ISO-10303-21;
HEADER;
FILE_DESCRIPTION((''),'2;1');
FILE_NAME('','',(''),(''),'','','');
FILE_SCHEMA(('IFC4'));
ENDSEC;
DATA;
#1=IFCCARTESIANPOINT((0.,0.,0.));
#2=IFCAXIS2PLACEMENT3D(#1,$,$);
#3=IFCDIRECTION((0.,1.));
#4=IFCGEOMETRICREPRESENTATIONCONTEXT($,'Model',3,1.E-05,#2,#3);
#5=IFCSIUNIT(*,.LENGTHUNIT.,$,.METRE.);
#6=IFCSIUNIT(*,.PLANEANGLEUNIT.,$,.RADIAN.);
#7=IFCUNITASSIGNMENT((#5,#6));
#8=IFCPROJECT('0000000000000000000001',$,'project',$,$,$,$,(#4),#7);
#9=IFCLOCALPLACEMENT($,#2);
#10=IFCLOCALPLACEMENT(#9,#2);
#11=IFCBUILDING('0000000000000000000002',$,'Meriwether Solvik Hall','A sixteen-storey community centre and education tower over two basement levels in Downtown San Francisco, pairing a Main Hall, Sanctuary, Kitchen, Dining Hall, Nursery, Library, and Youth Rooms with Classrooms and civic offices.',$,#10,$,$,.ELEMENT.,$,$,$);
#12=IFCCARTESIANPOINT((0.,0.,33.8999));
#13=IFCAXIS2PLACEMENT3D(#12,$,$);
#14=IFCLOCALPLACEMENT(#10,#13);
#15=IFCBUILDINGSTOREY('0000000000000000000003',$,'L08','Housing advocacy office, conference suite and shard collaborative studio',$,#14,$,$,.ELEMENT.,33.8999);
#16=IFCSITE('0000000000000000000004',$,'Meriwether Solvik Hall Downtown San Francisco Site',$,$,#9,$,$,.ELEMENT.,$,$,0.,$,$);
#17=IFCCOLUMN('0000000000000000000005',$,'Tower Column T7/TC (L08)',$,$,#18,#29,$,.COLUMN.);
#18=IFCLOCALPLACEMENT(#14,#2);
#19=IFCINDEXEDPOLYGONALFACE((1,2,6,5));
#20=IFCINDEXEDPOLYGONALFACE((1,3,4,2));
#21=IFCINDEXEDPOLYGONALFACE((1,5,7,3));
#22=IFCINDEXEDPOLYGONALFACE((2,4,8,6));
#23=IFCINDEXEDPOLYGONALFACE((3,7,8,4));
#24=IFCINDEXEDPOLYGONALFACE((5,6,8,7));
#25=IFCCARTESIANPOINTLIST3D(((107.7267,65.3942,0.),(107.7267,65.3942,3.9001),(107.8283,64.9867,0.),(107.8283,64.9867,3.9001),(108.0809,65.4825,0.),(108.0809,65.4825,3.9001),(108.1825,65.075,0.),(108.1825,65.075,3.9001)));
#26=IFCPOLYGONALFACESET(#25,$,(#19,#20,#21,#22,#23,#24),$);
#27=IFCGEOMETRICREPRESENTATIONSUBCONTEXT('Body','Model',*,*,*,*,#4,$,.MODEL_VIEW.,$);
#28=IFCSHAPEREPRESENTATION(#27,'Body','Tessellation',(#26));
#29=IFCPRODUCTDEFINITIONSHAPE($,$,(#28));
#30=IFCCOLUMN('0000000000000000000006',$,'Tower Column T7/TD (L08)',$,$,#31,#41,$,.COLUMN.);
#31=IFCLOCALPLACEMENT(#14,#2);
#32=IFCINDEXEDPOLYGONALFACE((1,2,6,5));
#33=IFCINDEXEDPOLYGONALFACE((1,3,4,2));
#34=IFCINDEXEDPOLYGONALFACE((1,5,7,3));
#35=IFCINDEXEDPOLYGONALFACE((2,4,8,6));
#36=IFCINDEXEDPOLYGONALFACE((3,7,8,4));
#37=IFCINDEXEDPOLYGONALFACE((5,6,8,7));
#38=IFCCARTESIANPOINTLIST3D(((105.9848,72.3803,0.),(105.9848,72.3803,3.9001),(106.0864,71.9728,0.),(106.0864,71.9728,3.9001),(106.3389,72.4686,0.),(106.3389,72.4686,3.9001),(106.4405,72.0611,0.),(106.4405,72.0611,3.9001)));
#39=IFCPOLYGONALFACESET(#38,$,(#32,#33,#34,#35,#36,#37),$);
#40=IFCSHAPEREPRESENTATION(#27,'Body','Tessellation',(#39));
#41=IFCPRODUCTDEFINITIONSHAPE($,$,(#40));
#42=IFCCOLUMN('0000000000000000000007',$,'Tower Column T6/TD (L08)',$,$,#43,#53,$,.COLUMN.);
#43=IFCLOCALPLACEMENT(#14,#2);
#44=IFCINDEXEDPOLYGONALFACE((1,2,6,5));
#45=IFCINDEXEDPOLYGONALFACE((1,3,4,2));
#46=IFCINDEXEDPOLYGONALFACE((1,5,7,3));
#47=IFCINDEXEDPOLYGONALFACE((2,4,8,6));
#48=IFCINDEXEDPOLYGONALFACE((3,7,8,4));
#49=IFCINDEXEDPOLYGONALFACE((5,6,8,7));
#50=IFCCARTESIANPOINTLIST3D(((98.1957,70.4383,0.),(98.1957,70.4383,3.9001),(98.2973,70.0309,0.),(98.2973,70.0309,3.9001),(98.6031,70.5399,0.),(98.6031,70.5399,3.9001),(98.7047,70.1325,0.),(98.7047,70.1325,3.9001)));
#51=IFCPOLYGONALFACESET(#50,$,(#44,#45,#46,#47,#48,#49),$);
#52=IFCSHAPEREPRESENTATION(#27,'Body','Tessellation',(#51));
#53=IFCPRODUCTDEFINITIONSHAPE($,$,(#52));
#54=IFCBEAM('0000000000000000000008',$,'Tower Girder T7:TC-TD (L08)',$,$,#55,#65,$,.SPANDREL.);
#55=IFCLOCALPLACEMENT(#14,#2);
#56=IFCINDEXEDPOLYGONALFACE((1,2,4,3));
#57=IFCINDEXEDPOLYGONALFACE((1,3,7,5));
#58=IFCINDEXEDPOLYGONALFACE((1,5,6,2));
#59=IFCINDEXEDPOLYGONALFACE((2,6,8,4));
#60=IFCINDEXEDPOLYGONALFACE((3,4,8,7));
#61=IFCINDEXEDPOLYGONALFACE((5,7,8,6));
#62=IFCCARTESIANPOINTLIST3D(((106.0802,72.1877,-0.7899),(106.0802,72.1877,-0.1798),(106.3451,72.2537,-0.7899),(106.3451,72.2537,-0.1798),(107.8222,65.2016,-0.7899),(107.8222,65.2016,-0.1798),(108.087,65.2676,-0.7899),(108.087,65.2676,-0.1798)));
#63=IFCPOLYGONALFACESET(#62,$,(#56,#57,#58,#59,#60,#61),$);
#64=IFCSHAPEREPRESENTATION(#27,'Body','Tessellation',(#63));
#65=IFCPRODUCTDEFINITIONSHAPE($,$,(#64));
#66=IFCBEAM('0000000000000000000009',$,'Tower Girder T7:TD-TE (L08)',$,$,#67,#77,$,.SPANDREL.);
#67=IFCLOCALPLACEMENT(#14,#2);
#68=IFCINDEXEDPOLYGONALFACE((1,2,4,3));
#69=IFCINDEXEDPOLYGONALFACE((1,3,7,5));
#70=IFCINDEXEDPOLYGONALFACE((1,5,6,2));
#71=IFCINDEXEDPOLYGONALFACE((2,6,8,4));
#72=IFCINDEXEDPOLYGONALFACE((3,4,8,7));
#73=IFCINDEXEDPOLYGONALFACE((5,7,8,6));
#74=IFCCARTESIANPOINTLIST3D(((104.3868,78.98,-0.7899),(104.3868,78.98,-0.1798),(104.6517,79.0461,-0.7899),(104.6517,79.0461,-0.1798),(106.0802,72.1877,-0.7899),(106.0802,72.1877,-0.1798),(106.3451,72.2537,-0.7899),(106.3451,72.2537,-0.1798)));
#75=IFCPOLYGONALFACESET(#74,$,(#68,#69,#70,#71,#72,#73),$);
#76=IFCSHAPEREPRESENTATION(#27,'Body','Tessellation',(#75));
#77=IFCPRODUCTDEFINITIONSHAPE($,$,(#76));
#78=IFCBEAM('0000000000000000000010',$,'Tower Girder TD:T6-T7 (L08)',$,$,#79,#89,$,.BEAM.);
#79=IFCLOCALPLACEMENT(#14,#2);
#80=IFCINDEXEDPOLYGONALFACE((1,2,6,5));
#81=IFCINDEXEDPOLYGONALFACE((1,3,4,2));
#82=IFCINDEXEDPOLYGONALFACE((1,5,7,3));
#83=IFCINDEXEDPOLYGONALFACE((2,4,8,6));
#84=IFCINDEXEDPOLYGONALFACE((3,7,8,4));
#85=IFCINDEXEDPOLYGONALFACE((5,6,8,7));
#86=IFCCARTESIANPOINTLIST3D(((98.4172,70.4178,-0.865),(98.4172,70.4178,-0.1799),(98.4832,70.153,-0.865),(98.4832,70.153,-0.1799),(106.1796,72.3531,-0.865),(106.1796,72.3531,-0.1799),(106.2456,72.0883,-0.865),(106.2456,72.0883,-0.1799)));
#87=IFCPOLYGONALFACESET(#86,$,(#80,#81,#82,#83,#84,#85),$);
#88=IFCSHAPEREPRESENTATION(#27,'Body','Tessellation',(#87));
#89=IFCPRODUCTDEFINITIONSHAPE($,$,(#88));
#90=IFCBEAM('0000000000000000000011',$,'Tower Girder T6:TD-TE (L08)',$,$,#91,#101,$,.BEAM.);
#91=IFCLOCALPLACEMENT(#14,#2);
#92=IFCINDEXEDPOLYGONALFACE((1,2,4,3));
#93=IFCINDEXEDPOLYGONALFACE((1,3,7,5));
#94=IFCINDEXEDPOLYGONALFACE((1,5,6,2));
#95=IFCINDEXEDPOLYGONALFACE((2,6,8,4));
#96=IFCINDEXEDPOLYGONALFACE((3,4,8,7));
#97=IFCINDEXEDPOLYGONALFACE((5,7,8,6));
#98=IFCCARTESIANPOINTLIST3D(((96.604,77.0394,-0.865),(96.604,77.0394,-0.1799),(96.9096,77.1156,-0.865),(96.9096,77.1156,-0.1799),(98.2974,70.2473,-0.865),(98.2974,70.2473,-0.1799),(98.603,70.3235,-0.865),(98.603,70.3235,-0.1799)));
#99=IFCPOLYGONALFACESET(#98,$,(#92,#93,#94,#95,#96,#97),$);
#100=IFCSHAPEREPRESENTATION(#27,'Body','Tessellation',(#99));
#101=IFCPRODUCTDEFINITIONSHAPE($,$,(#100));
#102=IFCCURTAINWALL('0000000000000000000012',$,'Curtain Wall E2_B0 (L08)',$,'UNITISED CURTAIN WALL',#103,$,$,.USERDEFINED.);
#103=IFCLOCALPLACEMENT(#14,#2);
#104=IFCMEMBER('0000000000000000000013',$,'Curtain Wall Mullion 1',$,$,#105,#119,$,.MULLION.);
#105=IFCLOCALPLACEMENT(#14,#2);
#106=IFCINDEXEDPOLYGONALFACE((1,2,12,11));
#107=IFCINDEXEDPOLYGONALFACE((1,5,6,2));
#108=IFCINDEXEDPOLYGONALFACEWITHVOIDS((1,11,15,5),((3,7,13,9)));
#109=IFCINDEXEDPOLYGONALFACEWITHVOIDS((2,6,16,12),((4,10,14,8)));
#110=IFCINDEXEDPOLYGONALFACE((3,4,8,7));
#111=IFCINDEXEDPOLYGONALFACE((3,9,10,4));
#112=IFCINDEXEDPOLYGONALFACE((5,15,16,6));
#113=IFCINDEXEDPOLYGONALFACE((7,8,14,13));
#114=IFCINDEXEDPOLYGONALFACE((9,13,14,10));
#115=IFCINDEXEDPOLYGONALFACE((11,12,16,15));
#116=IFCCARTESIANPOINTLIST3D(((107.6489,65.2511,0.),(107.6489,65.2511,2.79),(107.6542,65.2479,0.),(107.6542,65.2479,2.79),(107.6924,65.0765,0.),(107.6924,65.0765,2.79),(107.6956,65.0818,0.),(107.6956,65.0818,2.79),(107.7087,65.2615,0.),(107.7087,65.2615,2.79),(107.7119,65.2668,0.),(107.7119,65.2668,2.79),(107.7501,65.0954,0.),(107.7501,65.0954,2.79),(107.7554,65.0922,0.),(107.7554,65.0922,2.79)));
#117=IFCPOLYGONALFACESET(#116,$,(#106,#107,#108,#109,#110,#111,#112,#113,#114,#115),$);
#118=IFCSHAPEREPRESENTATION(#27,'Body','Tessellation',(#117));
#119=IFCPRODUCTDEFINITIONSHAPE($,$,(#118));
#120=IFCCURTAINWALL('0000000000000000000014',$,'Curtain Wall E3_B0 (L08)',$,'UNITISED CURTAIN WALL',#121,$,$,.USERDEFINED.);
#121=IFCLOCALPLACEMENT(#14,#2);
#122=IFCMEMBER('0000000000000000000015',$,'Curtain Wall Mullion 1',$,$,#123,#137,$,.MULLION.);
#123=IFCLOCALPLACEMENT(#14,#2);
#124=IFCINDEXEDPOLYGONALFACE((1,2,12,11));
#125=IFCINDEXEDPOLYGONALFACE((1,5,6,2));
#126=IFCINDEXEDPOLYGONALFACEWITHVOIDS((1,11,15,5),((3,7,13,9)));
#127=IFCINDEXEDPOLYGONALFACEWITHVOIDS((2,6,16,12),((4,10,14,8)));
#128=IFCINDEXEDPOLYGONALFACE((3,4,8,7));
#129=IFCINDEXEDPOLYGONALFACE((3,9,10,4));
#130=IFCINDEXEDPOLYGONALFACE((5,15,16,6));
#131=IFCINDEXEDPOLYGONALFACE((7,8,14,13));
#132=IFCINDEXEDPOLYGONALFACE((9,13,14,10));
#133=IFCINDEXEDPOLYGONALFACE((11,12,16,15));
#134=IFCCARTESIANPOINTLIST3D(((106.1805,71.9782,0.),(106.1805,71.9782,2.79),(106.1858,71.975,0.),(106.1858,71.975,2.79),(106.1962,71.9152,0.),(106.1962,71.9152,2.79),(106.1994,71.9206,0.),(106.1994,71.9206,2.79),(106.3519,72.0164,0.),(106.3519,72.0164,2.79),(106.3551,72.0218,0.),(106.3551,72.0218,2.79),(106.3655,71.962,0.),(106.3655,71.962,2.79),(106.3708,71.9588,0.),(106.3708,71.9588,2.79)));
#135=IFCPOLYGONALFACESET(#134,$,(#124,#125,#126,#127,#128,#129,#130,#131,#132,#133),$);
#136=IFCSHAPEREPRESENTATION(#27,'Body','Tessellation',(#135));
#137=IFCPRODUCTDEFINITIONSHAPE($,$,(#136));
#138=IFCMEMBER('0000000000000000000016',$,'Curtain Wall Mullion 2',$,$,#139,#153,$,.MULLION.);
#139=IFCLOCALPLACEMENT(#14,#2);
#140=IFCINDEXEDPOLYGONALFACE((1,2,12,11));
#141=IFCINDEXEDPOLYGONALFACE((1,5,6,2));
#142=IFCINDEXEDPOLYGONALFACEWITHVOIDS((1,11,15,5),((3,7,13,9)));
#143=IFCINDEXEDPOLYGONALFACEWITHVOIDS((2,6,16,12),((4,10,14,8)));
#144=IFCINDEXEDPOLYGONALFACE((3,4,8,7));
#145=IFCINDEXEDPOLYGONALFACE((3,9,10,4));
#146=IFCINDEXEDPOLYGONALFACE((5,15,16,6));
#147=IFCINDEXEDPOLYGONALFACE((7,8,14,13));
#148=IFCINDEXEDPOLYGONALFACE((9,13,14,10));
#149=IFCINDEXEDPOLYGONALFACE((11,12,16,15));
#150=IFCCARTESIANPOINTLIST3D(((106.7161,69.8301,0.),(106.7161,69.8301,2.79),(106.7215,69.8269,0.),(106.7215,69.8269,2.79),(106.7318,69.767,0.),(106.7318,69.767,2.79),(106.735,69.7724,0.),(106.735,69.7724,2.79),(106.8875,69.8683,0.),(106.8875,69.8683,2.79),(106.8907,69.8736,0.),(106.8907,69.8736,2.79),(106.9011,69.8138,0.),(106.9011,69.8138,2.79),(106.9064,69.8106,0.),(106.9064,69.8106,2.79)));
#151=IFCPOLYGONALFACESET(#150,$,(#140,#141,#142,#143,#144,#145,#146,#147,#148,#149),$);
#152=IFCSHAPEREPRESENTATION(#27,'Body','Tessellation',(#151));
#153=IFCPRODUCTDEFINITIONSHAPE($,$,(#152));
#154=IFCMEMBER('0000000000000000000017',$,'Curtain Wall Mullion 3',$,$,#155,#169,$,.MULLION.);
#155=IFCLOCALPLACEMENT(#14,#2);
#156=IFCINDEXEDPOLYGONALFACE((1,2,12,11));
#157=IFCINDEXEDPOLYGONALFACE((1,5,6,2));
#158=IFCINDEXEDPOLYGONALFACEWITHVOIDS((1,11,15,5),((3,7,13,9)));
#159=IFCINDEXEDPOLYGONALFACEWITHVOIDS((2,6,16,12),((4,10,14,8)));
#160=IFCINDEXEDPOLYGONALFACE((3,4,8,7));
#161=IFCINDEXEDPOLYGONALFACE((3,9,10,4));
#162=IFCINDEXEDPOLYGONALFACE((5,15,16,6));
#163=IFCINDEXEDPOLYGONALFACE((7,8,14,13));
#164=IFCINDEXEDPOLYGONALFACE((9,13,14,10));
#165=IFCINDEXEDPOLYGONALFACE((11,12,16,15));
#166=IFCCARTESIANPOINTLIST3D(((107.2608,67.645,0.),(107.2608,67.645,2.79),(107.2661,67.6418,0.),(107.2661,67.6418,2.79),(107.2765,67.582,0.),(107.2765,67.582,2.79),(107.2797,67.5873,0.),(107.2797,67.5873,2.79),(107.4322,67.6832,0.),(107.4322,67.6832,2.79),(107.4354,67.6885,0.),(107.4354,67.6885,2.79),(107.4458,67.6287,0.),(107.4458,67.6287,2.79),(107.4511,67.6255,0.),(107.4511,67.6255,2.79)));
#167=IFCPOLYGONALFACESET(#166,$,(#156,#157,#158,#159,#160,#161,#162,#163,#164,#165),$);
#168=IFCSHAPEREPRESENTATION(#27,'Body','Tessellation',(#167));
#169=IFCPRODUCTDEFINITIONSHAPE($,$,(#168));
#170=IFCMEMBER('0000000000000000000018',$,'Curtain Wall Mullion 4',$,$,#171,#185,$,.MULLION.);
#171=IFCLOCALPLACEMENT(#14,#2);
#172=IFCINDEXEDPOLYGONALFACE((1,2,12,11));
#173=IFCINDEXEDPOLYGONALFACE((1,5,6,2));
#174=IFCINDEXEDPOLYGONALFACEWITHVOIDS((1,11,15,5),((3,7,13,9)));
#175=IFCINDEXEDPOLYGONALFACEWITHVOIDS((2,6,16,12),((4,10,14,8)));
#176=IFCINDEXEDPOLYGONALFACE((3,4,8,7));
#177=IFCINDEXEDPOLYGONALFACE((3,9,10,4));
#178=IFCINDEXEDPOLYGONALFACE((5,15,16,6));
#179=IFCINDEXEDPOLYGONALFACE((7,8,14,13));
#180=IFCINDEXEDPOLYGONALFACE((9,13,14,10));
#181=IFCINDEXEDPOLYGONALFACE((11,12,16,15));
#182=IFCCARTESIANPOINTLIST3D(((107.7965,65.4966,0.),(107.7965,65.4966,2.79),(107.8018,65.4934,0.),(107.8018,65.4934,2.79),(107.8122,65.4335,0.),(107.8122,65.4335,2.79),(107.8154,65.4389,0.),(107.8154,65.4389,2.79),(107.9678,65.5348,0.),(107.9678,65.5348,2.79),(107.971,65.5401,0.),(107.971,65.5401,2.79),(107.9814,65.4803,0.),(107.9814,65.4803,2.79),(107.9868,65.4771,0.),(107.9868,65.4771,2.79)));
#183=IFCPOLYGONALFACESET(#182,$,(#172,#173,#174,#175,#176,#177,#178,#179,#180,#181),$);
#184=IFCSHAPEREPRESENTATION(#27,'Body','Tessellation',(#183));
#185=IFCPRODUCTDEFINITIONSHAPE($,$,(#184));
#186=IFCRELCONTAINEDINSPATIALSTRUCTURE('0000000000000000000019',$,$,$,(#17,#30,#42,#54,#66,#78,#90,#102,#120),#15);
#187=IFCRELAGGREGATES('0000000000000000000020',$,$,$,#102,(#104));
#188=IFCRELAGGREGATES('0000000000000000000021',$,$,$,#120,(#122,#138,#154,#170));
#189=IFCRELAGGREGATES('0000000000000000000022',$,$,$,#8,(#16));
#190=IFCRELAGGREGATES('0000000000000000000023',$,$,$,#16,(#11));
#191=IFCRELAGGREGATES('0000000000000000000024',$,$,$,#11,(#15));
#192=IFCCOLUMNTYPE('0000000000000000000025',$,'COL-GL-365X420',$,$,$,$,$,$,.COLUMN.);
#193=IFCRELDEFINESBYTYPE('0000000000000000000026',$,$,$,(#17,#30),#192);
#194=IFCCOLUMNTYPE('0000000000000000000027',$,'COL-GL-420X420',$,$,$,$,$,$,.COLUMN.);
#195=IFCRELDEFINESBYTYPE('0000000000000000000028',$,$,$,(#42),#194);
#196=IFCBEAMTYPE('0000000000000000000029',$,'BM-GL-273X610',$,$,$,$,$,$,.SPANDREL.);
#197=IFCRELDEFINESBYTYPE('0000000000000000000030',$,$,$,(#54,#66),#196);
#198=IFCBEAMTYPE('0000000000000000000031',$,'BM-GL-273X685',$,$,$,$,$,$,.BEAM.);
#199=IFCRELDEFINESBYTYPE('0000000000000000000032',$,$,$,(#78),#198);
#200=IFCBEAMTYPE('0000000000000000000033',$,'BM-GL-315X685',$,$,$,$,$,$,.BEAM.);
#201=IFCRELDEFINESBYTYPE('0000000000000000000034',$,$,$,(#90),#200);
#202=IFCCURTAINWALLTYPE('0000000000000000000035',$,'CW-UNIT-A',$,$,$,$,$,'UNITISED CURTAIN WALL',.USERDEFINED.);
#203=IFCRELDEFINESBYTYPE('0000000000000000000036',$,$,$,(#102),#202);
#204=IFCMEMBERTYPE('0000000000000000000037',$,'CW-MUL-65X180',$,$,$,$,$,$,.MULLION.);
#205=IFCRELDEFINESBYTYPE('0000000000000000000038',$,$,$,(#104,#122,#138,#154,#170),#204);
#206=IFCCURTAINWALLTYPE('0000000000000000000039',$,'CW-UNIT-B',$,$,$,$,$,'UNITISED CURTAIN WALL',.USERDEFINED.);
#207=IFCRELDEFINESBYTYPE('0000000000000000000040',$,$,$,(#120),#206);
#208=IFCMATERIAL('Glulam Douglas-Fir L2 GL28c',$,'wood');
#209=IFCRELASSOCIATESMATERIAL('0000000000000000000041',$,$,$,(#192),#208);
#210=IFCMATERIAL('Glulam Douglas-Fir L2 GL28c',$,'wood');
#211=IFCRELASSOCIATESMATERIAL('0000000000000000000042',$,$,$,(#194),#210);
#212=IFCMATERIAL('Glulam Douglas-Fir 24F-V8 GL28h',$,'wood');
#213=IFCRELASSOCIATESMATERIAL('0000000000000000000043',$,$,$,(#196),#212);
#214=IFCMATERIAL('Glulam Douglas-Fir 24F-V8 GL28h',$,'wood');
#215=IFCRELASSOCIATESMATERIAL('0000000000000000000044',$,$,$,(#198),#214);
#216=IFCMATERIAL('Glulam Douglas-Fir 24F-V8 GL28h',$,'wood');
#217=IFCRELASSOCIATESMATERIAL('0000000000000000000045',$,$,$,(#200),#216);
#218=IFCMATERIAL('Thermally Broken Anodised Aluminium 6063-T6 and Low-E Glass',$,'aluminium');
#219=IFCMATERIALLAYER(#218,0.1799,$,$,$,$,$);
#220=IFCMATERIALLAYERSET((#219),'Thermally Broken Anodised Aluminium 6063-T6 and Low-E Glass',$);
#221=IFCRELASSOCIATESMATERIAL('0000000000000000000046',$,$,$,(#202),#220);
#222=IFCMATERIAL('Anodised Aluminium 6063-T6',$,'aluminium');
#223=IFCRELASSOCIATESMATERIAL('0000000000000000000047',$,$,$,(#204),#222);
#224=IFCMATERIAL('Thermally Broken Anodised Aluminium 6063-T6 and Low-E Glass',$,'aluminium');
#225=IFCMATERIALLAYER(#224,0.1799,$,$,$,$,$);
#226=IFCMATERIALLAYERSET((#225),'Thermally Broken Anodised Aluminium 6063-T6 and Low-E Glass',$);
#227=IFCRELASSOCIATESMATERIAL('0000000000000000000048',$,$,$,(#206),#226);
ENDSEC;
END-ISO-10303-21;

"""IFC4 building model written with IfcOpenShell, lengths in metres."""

from ifc_helpers import new_model, si_unit, direction, frame, origin, origin_2d, place, context, subcontext, project, spatial, rectangle, hollow_rectangle, extrude, material, layer, layer_set, material_profile, profile_set, type_object, element, aggregate, save


model = new_model("IFC4")

# Units and contexts
model_context = context("Model", 3, precision=1e-05, world=origin(), true_north=direction((0.0, 1.0)))
body_context = subcontext(model_context, "Body", "Model", "MODEL_VIEW")
ifc_project = project(units=[si_unit("LENGTHUNIT", "METRE"), si_unit("PLANEANGLEUNIT", "RADIAN")], contexts=[model_context])

# Site, building, storey
site_placement = place(None, origin())
site = spatial("IfcSite", under=ifc_project, at=site_placement, Name="Meriwether Solvik Hall Downtown San Francisco Site", CompositionType="ELEMENT", RefElevation=0.0)
building_placement = place(site_placement, origin())
building = spatial("IfcBuilding", under=site, at=building_placement, Name="Meriwether Solvik Hall", Description="A sixteen-storey community centre and education tower over two basement levels in Downtown San Francisco, pairing a Main Hall, Sanctuary, Kitchen, Dining Hall, Nursery, Library, and Youth Rooms with Classrooms and civic offices.", CompositionType="ELEMENT")
storey_placement = place(building_placement, frame((0.0, 0.0, 33.8999)))
storey = spatial("IfcBuildingStorey", under=building, at=storey_placement, Name="L08", Description="Housing advocacy office, conference suite and shard collaborative studio", CompositionType="ELEMENT", Elevation=33.8999)

# Columns
ifc_material_1 = material(Name="Glulam Douglas-Fir L2 GL28c", Category="wood")
ifc_material_profile_1 = material_profile(ifc_material_1, rectangle(XDim=0.365, YDim=0.4199, at=origin_2d()), Name="GLC-365X420")
ifc_profile_set_1 = profile_set([ifc_material_profile_1], Name="Glulam Douglas-Fir L2 GL28c")
column_type_1 = type_object("IfcColumnType", Name="COL-GL-365X420", PredefinedType="COLUMN", material=ifc_profile_set_1)
for number, where, z_axis, x_axis, name in (
    (1, (107.9546, 65.2346, 0.0), (0.0, 0.0, 1.0), (0.970296, 0.241922, 0.0), "Tower Column T7/TC (L08)"),
    (2, (106.2126, 72.2207, 0.0), (0.0, 0.0, 1.0), (0.970296, 0.241922, 0.0), "Tower Column T7/TD (L08)"),
):
    element("IfcColumn", number, at=place(storey_placement, frame(where, z_axis=z_axis, x_axis=x_axis)), inside=storey, type_object=column_type_1, Name=name, PredefinedType="COLUMN", context=body_context, shape_type="SweptSolid", body=[
        extrude(rectangle(XDim=0.365, YDim=0.4199, at=origin_2d()), origin(), (0.0, 0.0, 1.0), 3.9001),
    ])
ifc_material_2 = material(Name="Glulam Douglas-Fir L2 GL28c", Category="wood")
ifc_material_profile_2 = material_profile(ifc_material_2, rectangle(XDim=0.4199, YDim=0.4199, at=origin_2d()), Name="GLC-420X420")
ifc_profile_set_2 = profile_set([ifc_material_profile_2], Name="Glulam Douglas-Fir L2 GL28c")
column_type_2 = type_object("IfcColumnType", Name="COL-GL-420X420", PredefinedType="COLUMN", material=ifc_profile_set_2)
column_placement = place(storey_placement, frame((98.4502, 70.2854, 0.0), z_axis=(0.0, 0.0, 1.0), x_axis=(0.970296, 0.241922, 0.0)))
element("IfcColumn", 3, at=column_placement, inside=storey, type_object=column_type_2, Name="Tower Column T6/TD (L08)", PredefinedType="COLUMN", context=body_context, shape_type="SweptSolid", body=[
    extrude(rectangle(XDim=0.4199, YDim=0.4199, at=origin_2d()), origin(), (0.0, 0.0, 1.0), 3.9001),
])

# Beams
ifc_material_3 = material(Name="Glulam Douglas-Fir 24F-V8 GL28h", Category="wood")
ifc_material_profile_3 = material_profile(ifc_material_3, rectangle(XDim=0.2729, YDim=0.6101, at=origin_2d()), Name="GLB-273X610")
ifc_profile_set_3 = profile_set([ifc_material_profile_3], Name="Glulam Douglas-Fir 24F-V8 GL28h")
beam_type_1 = type_object("IfcBeamType", Name="BM-GL-273X610", PredefinedType="SPANDREL", material=ifc_profile_set_3)
beam_1_placement = place(storey_placement, frame((107.9546, 65.2346, -0.4849), z_axis=(-0.241937, 0.970292, 0.0), x_axis=(-0.970292, -0.241937, 0.0)))
element("IfcBeam", 4, at=beam_1_placement, inside=storey, type_object=beam_type_1, Name="Tower Girder T7:TC-TD (L08)", PredefinedType="SPANDREL", context=body_context, shape_type="SweptSolid", body=[
    extrude(rectangle(XDim=0.2729, YDim=0.6101, at=origin_2d()), origin(), (0.0, 0.0, 1.0), 7.2),
])
beam_2_placement = place(storey_placement, frame((106.2126, 72.2207, -0.4849), z_axis=(-0.241904, 0.9703, 0.0), x_axis=(-0.9703, -0.241904, 0.0)))
element("IfcBeam", 5, at=beam_2_placement, inside=storey, type_object=beam_type_1, Name="Tower Girder T7:TD-TE (L08)", PredefinedType="SPANDREL", context=body_context, shape_type="SweptSolid", body=[
    extrude(rectangle(XDim=0.2729, YDim=0.6101, at=origin_2d()), origin(), (0.0, 0.0, 1.0), 7.0002),
])
ifc_material_4 = material(Name="Glulam Douglas-Fir 24F-V8 GL28h", Category="wood")
ifc_material_profile_4 = material_profile(ifc_material_4, rectangle(XDim=0.2729, YDim=0.6851, at=origin_2d()), Name="GLB-273X685")
ifc_profile_set_4 = profile_set([ifc_material_profile_4], Name="Glulam Douglas-Fir 24F-V8 GL28h")
beam_type_2 = type_object("IfcBeamType", Name="BM-GL-273X685", PredefinedType="BEAM", material=ifc_profile_set_4)
beam_3_placement = place(storey_placement, frame((98.4502, 70.2854, -0.5225), z_axis=(0.970298, 0.241911, 0.0), x_axis=(-0.241911, 0.970298, 0.0)))
element("IfcBeam", 6, at=beam_3_placement, inside=storey, type_object=beam_type_2, Name="Tower Girder TD:T6-T7 (L08)", PredefinedType="BEAM", context=body_context, shape_type="SweptSolid", body=[
    extrude(rectangle(XDim=0.2729, YDim=0.6851, at=origin_2d()), origin(), (0.0, 0.0, 1.0), 8.0),
])
ifc_material_5 = material(Name="Glulam Douglas-Fir 24F-V8 GL28h", Category="wood")
ifc_material_profile_5 = material_profile(ifc_material_5, rectangle(XDim=0.3149, YDim=0.6851, at=origin_2d()), Name="GLB-315X685")
ifc_profile_set_5 = profile_set([ifc_material_profile_5], Name="Glulam Douglas-Fir 24F-V8 GL28h")
beam_type_3 = type_object("IfcBeamType", Name="BM-GL-315X685", PredefinedType="BEAM", material=ifc_profile_set_5)
beam_4_placement = place(storey_placement, frame((98.4502, 70.2854, -0.5225), z_axis=(-0.241912, 0.970298, 0.0), x_axis=(-0.970298, -0.241912, 0.0)))
element("IfcBeam", 7, at=beam_4_placement, inside=storey, type_object=beam_type_3, Name="Tower Girder T6:TD-TE (L08)", PredefinedType="BEAM", context=body_context, shape_type="SweptSolid", body=[
    extrude(rectangle(XDim=0.3149, YDim=0.6851, at=origin_2d()), origin(), (0.0, 0.0, 1.0), 7.0),
])

# Curtain wall, member
ifc_material_6 = material(Name="Thermally Broken Anodised Aluminium 6063-T6 and Low-E Glass", Category="aluminium")
ifc_layer_1 = layer(ifc_material_6, 0.1799)
ifc_layer_set_1 = layer_set([ifc_layer_1], Name="Thermally Broken Anodised Aluminium 6063-T6 and Low-E Glass")
curtain_wall_type_1 = type_object("IfcCurtainWallType", Name="CW-UNIT-A", ElementType="UNITISED CURTAIN WALL", PredefinedType="USERDEFINED", material=ifc_layer_set_1)
curtain_wall_1_placement = place(storey_placement, origin())
curtain_wall_1 = element("IfcCurtainWall", 8, at=curtain_wall_1_placement, inside=storey, type_object=curtain_wall_type_1, Name="Curtain Wall E2_B0 (L08)", ObjectType="UNITISED CURTAIN WALL", PredefinedType="USERDEFINED")
ifc_material_7 = material(Name="Anodised Aluminium 6063-T6", Category="aluminium")
ifc_material_profile_6 = material_profile(ifc_material_7, hollow_rectangle(XDim=0.0649, YDim=0.1799, WallThickness=0.0044, at=origin_2d()), Name="CWM-65X180")
ifc_profile_set_6 = profile_set([ifc_material_profile_6], Name="Anodised Aluminium 6063-T6")
member_type_1 = type_object("IfcMemberType", Name="CW-MUL-65X180", PredefinedType="MULLION", material=ifc_profile_set_6)
member_1_placement = place(storey_placement, frame((107.7021, 65.1716, 0.0), z_axis=(0.0, 0.0, 1.0), x_axis=(-0.970296, -0.241922, 0.0)))
member_1 = element("IfcMember", 9, at=member_1_placement, type_object=member_type_1, Name="Curtain Wall Mullion 1", PredefinedType="MULLION", context=body_context, shape_type="SweptSolid", body=[
    extrude(hollow_rectangle(XDim=0.0649, YDim=0.1799, WallThickness=0.0044, at=origin_2d()), origin(), (0.0, 0.0, 1.0), 2.79),
])

# Curtain wall, members
ifc_material_8 = material(Name="Thermally Broken Anodised Aluminium 6063-T6 and Low-E Glass", Category="aluminium")
ifc_layer_2 = layer(ifc_material_8, 0.1799)
ifc_layer_set_2 = layer_set([ifc_layer_2], Name="Thermally Broken Anodised Aluminium 6063-T6 and Low-E Glass")
curtain_wall_type_2 = type_object("IfcCurtainWallType", Name="CW-UNIT-B", ElementType="UNITISED CURTAIN WALL", PredefinedType="USERDEFINED", material=ifc_layer_set_2)
curtain_wall_2_placement = place(storey_placement, origin())
curtain_wall_2 = element("IfcCurtainWall", 10, at=curtain_wall_2_placement, inside=storey, type_object=curtain_wall_type_2, Name="Curtain Wall E3_B0 (L08)", ObjectType="UNITISED CURTAIN WALL", PredefinedType="USERDEFINED")
member_2_placement = place(storey_placement, frame((106.2756, 71.9685, 0.0), z_axis=(0.0, 0.0, 1.0), x_axis=(0.241922, -0.970296, 0.0)))
member_2 = element("IfcMember", 11, at=member_2_placement, type_object=member_type_1, Name="Curtain Wall Mullion 1", PredefinedType="MULLION", context=body_context, shape_type="SweptSolid", body=[
    extrude(hollow_rectangle(XDim=0.0649, YDim=0.1799, WallThickness=0.0044, at=origin_2d()), origin(), (0.0, 0.0, 1.0), 2.79),
])
member_3_placement = place(storey_placement, frame((106.8113, 69.8203, 0.0), z_axis=(0.0, 0.0, 1.0), x_axis=(0.241922, -0.970296, 0.0)))
member_3 = element("IfcMember", 12, at=member_3_placement, type_object=member_type_1, Name="Curtain Wall Mullion 2", PredefinedType="MULLION", context=body_context, shape_type="SweptSolid", body=[
    extrude(hollow_rectangle(XDim=0.0649, YDim=0.1799, WallThickness=0.0044, at=origin_2d()), origin(), (0.0, 0.0, 1.0), 2.79),
])
member_4_placement = place(storey_placement, frame((107.356, 67.6353, 0.0), z_axis=(0.0, 0.0, 1.0), x_axis=(0.241922, -0.970296, 0.0)))
member_4 = element("IfcMember", 13, at=member_4_placement, type_object=member_type_1, Name="Curtain Wall Mullion 3", PredefinedType="MULLION", context=body_context, shape_type="SweptSolid", body=[
    extrude(hollow_rectangle(XDim=0.0649, YDim=0.1799, WallThickness=0.0044, at=origin_2d()), origin(), (0.0, 0.0, 1.0), 2.79),
])
member_5_placement = place(storey_placement, frame((107.8916, 65.4868, 0.0), z_axis=(0.0, 0.0, 1.0), x_axis=(0.241922, -0.970296, 0.0)))
member_5 = element("IfcMember", 14, at=member_5_placement, type_object=member_type_1, Name="Curtain Wall Mullion 4", PredefinedType="MULLION", context=body_context, shape_type="SweptSolid", body=[
    extrude(hollow_rectangle(XDim=0.0649, YDim=0.1799, WallThickness=0.0044, at=origin_2d()), origin(), (0.0, 0.0, 1.0), 2.79),
])

aggregate(curtain_wall_1, [member_1])
aggregate(curtain_wall_2, [member_2, member_3, member_4, member_5])

save(model, "model.ifc")
